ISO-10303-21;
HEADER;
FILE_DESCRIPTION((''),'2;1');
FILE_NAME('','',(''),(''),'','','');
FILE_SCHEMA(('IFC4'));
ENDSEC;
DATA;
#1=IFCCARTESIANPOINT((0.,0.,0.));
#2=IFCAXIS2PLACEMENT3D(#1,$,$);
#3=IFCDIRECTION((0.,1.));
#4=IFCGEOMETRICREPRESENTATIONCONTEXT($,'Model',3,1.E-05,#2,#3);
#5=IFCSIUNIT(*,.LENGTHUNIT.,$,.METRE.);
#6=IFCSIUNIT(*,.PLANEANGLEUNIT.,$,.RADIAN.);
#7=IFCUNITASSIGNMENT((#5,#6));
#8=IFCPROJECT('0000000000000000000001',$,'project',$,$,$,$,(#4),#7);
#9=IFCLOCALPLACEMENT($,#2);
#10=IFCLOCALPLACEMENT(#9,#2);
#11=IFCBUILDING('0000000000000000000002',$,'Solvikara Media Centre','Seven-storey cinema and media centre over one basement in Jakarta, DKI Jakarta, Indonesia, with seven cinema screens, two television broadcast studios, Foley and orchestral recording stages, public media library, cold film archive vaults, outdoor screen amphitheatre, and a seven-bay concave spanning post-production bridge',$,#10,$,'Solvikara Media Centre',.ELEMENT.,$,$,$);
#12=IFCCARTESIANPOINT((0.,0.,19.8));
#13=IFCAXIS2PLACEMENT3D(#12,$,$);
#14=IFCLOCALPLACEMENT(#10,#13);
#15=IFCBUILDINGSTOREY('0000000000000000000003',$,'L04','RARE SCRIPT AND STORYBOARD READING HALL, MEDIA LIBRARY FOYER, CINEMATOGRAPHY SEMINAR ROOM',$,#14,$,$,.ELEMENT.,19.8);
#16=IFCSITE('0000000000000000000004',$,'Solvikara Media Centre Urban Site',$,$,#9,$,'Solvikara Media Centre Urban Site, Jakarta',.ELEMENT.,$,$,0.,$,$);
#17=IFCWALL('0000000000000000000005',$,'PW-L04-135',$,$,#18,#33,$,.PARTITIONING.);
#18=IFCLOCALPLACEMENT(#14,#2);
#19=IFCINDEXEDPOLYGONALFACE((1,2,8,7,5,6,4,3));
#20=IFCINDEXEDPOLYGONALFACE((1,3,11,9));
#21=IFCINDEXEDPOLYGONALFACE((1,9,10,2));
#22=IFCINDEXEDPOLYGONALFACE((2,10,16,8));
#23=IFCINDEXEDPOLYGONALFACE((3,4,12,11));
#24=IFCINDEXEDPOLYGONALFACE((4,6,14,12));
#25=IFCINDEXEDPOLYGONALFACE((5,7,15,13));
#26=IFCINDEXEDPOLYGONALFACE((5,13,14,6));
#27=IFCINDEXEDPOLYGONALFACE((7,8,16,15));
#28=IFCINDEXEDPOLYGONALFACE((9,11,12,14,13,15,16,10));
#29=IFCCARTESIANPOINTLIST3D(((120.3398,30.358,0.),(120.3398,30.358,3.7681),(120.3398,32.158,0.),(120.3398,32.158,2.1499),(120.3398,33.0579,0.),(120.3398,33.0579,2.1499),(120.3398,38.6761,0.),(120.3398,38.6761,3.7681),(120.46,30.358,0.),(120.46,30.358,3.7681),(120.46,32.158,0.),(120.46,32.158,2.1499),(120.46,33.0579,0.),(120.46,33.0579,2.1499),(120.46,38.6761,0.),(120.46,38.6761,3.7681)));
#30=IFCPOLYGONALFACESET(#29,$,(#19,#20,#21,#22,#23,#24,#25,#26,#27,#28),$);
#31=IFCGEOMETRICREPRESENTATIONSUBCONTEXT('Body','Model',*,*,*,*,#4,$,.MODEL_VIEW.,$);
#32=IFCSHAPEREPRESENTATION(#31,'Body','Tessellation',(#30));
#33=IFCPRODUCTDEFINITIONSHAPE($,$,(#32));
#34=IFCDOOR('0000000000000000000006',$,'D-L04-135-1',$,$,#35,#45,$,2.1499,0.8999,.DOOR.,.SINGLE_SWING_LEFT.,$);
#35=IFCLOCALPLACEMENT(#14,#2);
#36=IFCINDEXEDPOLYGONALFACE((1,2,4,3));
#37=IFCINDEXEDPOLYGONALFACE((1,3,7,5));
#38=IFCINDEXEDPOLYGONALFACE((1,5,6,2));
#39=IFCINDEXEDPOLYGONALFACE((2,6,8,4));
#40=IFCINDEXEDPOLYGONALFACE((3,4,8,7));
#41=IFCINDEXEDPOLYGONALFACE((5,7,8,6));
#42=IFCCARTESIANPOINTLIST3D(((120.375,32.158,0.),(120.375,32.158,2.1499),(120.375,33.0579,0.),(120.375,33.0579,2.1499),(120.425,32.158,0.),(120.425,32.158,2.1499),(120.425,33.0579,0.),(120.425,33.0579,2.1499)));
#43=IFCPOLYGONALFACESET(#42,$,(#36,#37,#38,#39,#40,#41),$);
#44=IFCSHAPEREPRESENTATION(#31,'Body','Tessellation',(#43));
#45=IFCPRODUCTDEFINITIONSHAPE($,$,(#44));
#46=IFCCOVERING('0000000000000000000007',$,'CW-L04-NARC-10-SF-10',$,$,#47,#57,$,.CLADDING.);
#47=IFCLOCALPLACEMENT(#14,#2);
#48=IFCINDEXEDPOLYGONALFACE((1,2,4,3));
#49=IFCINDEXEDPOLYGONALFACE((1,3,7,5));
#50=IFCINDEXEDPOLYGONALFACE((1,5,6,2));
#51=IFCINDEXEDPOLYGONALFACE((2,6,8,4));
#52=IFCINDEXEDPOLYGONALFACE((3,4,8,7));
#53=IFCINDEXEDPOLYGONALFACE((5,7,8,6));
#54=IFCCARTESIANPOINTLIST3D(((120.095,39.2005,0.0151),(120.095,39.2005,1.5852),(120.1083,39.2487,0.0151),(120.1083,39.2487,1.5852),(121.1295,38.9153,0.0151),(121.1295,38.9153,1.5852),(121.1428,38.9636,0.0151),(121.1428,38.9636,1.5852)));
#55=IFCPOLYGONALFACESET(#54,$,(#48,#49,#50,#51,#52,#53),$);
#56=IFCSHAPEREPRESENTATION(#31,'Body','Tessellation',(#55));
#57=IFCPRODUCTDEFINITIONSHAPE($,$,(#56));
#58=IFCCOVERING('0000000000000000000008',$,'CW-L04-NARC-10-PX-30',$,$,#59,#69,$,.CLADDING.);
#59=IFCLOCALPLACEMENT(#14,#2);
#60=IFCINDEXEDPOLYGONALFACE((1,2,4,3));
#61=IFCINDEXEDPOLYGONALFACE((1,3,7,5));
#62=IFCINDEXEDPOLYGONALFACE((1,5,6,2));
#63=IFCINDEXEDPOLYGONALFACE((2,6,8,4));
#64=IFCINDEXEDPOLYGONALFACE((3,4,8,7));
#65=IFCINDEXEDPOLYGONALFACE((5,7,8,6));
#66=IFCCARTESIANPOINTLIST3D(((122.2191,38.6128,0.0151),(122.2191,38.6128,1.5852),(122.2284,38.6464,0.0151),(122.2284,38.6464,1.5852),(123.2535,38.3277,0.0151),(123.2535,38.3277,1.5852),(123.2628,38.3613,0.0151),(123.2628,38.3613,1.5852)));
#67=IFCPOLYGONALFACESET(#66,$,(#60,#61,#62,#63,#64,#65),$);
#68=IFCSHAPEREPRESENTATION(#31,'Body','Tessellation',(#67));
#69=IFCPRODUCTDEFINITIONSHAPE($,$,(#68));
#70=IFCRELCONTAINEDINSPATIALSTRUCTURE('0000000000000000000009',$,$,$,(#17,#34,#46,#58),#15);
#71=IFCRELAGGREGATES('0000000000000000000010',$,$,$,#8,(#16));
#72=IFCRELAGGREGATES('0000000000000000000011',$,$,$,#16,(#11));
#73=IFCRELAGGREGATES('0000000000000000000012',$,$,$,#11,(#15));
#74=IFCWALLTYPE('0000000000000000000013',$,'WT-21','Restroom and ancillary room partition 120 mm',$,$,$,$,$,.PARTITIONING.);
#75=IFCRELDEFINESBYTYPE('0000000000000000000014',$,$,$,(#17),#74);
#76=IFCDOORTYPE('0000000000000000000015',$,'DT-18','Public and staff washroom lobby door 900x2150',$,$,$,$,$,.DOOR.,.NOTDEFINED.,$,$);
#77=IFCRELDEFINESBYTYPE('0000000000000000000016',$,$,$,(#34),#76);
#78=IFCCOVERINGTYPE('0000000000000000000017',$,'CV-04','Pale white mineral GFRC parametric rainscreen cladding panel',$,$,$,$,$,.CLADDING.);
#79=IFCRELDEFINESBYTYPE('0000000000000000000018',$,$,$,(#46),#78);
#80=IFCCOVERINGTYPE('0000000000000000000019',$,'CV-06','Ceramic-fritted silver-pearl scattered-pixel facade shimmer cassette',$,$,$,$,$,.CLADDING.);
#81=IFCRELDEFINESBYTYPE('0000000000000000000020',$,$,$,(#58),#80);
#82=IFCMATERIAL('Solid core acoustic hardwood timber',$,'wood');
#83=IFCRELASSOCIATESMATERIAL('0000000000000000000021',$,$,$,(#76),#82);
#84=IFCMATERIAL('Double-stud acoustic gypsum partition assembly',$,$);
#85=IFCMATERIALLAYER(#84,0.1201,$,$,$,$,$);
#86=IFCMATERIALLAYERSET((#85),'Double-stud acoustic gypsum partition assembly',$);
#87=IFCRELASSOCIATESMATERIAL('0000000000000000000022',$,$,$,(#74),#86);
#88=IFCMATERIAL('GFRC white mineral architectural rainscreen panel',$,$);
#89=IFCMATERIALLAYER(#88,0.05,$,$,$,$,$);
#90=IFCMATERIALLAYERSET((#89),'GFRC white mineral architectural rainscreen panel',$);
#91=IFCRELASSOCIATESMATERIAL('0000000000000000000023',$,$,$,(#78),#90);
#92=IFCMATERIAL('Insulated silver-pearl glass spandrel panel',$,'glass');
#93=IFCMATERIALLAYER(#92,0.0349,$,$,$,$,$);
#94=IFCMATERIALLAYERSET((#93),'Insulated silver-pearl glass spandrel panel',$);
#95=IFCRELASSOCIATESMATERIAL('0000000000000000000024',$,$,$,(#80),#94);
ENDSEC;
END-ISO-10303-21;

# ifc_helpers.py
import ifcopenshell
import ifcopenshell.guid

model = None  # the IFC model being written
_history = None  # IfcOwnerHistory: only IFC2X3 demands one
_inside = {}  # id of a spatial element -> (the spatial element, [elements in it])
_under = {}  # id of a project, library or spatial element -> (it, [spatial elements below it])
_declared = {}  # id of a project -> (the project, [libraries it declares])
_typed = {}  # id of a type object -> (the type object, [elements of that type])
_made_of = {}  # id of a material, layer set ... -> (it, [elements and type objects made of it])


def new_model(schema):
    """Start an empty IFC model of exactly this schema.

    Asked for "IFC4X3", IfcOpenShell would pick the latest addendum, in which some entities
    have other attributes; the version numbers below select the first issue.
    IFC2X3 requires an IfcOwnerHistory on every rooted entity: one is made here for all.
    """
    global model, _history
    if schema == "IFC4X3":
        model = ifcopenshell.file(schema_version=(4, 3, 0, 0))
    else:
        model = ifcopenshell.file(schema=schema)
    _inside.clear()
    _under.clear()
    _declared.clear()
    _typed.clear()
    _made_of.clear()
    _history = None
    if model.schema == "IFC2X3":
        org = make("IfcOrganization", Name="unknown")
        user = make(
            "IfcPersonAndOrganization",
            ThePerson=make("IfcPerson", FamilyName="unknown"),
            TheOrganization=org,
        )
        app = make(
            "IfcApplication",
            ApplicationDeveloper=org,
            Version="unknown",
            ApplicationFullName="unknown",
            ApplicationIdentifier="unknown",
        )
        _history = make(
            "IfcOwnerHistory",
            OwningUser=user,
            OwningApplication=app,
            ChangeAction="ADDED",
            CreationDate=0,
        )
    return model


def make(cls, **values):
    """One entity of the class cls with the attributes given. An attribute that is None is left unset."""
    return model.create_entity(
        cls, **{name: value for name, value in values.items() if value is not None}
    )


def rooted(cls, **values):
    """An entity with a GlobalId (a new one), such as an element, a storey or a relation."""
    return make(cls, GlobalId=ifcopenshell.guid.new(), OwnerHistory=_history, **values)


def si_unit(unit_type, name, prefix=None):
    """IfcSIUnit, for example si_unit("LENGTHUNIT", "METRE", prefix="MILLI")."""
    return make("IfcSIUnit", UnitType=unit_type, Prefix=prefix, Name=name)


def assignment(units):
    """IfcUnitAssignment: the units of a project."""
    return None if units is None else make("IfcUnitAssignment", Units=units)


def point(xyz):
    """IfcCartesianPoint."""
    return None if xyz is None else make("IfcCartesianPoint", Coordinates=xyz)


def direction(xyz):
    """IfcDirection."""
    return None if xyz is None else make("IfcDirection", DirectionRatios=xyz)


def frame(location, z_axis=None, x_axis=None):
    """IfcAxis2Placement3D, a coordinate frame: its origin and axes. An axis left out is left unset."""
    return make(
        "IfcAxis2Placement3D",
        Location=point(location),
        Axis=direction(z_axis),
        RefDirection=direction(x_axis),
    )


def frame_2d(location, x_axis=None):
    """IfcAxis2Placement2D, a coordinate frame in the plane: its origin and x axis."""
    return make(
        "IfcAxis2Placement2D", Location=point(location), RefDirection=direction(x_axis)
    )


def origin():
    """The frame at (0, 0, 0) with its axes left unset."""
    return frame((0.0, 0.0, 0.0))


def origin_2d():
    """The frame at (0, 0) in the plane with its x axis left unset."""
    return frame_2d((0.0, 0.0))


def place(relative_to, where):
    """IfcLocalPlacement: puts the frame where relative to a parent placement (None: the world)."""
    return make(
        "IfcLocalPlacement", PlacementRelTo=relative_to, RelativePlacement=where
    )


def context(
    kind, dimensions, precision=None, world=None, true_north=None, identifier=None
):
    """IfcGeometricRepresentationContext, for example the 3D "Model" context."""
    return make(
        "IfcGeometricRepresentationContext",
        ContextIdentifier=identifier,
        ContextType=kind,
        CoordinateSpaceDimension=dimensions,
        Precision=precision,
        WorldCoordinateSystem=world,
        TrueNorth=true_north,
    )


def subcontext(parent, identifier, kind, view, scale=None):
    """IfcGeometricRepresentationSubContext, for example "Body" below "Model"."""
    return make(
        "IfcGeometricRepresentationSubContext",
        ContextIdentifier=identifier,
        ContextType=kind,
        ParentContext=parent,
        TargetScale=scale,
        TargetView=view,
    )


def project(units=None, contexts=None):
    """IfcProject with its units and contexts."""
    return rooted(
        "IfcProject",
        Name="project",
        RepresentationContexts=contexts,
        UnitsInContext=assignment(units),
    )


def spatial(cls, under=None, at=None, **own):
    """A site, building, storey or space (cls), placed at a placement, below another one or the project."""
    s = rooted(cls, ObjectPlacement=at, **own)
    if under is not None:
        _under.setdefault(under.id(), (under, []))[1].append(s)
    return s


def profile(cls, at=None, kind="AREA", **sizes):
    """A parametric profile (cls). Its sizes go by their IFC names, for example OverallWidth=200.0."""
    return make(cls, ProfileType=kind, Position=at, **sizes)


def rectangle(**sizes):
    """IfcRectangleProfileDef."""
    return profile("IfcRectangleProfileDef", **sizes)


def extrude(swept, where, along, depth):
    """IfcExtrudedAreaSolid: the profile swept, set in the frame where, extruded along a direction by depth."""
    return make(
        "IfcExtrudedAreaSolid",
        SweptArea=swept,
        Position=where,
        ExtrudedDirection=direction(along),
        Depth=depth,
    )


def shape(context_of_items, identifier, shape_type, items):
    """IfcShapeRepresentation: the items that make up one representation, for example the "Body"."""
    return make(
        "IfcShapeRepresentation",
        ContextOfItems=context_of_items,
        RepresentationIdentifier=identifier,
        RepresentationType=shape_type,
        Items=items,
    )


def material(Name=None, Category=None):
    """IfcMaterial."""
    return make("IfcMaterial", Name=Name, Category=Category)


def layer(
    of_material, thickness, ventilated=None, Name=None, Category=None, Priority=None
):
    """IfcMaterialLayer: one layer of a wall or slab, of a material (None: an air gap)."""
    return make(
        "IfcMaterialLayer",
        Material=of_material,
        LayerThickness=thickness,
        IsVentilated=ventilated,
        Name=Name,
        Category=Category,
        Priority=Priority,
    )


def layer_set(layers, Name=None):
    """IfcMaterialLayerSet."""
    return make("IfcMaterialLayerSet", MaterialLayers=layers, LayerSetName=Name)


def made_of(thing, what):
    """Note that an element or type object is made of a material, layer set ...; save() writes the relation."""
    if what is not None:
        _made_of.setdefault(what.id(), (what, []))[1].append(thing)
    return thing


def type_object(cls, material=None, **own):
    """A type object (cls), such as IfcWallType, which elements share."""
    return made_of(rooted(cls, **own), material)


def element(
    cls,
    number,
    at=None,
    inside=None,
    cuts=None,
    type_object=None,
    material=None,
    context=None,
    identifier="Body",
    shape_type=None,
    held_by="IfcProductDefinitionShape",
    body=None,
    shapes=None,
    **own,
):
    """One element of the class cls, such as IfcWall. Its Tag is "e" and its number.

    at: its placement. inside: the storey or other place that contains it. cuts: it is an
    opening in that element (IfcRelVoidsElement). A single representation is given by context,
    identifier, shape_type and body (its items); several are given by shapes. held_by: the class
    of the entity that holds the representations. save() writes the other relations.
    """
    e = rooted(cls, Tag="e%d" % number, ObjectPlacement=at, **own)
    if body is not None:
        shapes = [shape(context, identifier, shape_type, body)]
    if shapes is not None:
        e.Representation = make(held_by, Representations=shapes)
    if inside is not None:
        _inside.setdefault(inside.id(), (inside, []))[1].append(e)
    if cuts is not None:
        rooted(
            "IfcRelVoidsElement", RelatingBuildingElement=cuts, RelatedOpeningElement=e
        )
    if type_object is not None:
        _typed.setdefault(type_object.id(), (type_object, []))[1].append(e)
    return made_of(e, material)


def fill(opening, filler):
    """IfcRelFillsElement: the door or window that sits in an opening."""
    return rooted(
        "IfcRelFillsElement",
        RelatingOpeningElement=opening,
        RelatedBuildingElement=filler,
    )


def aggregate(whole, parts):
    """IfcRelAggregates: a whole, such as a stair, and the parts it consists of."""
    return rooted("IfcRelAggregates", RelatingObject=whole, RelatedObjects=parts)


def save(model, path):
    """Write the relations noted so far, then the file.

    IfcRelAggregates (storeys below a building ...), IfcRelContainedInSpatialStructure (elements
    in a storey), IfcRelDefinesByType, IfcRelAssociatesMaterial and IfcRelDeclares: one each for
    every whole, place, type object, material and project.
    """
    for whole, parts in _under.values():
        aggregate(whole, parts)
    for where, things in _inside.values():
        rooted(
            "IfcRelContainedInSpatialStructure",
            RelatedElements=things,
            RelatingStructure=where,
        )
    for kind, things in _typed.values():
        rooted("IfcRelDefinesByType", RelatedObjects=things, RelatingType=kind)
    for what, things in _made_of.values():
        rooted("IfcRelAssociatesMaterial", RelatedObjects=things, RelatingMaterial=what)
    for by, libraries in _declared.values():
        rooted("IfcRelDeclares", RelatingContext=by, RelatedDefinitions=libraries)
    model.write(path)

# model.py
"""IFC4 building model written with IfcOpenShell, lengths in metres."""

from ifc_helpers import new_model, si_unit, direction, frame, frame_2d, origin, origin_2d, place, context, subcontext, project, spatial, rectangle, extrude, material, layer, layer_set, type_object, element, fill, save


model = new_model("IFC4")

# Units and contexts
model_context = context("Model", 3, precision=1e-05, world=origin(), true_north=direction((0.0, 1.0)))
body_context = subcontext(model_context, "Body", "Model", "MODEL_VIEW")
ifc_project = project(units=[si_unit("LENGTHUNIT", "METRE"), si_unit("PLANEANGLEUNIT", "RADIAN")], contexts=[model_context])

# Site, building, storey
site_placement = place(None, origin())
site = spatial("IfcSite", under=ifc_project, at=site_placement, Name="Solvikara Media Centre Urban Site", LongName="Solvikara Media Centre Urban Site, Jakarta", CompositionType="ELEMENT", RefElevation=0.0)
building_placement = place(site_placement, origin())
building = spatial("IfcBuilding", under=site, at=building_placement, Name="Solvikara Media Centre", Description="Seven-storey cinema and media centre over one basement in Jakarta, DKI Jakarta, Indonesia, with seven cinema screens, two television broadcast studios, Foley and orchestral recording stages, public media library, cold film archive vaults, outdoor screen amphitheatre, and a seven-bay concave spanning post-production bridge", LongName="Solvikara Media Centre", CompositionType="ELEMENT")
storey_placement = place(building_placement, frame((0.0, 0.0, 19.8)))
storey = spatial("IfcBuildingStorey", under=building, at=storey_placement, Name="L04", Description="RARE SCRIPT AND STORYBOARD READING HALL, MEDIA LIBRARY FOYER, CINEMATOGRAPHY SEMINAR ROOM", CompositionType="ELEMENT", Elevation=19.8)

# Shared definitions
ifc_material_1 = material(Name="Insulated silver-pearl glass spandrel panel", Category="glass")

# Shared definitions
ifc_material_2 = material(Name="Solid core acoustic hardwood timber", Category="wood")
door_type = type_object("IfcDoorType", Name="DT-18", Description="Public and staff washroom lobby door 900x2150", OperationType="NOTDEFINED", PredefinedType="DOOR", material=ifc_material_2)

# Shared definitions
ifc_material_3 = material(Name="Double-stud acoustic gypsum partition assembly")

# Wall, opening, door
ifc_layer_1 = layer(ifc_material_3, 0.1201)
ifc_layer_set_1 = layer_set([ifc_layer_1], Name="Double-stud acoustic gypsum partition assembly")
wall_type_1 = type_object("IfcWallType", Name="WT-21", Description="Restroom and ancillary room partition 120 mm", PredefinedType="PARTITIONING", material=ifc_layer_set_1)
wall_1_placement = place(storey_placement, frame((120.3999, 30.3579, 0.0), z_axis=(0.0, 0.0, 1.0), x_axis=(0.0, 1.0, 0.0)))
wall_1 = element("IfcWall", 1, at=wall_1_placement, inside=storey, type_object=wall_type_1, Name="PW-L04-135", PredefinedType="PARTITIONING", context=body_context, shape_type="SweptSolid", body=[
    extrude(rectangle(XDim=8.3181, YDim=0.1201, at=frame_2d((4.1592, 0.0))), origin(), (0.0, 0.0, 1.0), 3.7681),
])
opening_1_placement = place(wall_1_placement, frame((1.8, 0.0, 0.0)))
opening_1 = element("IfcOpeningElement", 2, at=opening_1_placement, cuts=wall_1, PredefinedType="OPENING", context=body_context, shape_type="SweptSolid", body=[
    extrude(rectangle(XDim=0.8999, YDim=2.1499, at=frame_2d((0.45, 1.075))), frame((0.0, 0.072, 0.0), z_axis=(0.0, -1.0, 0.0), x_axis=(1.0, 0.0, 0.0)), (0.0, 0.0, 1.0), 0.144),
])
door_1_placement = place(opening_1_placement, origin())
door_1 = element("IfcDoor", 3, at=door_1_placement, inside=storey, type_object=door_type, Name="D-L04-135-1", OperationType="SINGLE_SWING_LEFT", OverallHeight=2.1499, OverallWidth=0.8999, PredefinedType="DOOR", context=body_context, shape_type="SweptSolid", body=[
    extrude(rectangle(XDim=0.8999, YDim=2.1499, at=frame_2d((0.45, 1.075))), frame((0.0, 0.0249, 0.0), z_axis=(0.0, -1.0, 0.0), x_axis=(1.0, 0.0, 0.0)), (0.0, 0.0, 1.0), 0.05),
])
fill(opening_1, door_1)

# Coverings
ifc_material_4 = material(Name="GFRC white mineral architectural rainscreen panel")
ifc_layer_2 = layer(ifc_material_4, 0.05)
ifc_layer_set_2 = layer_set([ifc_layer_2], Name="GFRC white mineral architectural rainscreen panel")
covering_type_1 = type_object("IfcCoveringType", Name="CV-04", Description="Pale white mineral GFRC parametric rainscreen cladding panel", PredefinedType="CLADDING", material=ifc_layer_set_2)
covering_1_placement = place(storey_placement, frame((120.6189, 39.082, 0.0151), z_axis=(0.0, 0.0, 1.0), x_axis=(0.964049, -0.265724, 0.0)))
element("IfcCovering", 4, at=covering_1_placement, inside=storey, type_object=covering_type_1, Name="CW-L04-NARC-10-SF-10", PredefinedType="CLADDING", context=body_context, shape_type="SweptSolid", body=[
    extrude(rectangle(XDim=1.073, YDim=0.05, at=origin_2d()), origin(), (0.0, 0.0, 1.0), 1.5701),
])
ifc_layer_3 = layer(ifc_material_1, 0.0349)
ifc_layer_set_3 = layer_set([ifc_layer_3], Name="Insulated silver-pearl glass spandrel panel")
covering_type_2 = type_object("IfcCoveringType", Name="CV-06", Description="Ceramic-fritted silver-pearl scattered-pixel facade shimmer cassette", PredefinedType="CLADDING", material=ifc_layer_set_3)
covering_2_placement = place(storey_placement, frame((122.741, 38.4871, 0.0151), z_axis=(0.0, 0.0, 1.0), x_axis=(0.964049, -0.265724, 0.0)))
element("IfcCovering", 5, at=covering_2_placement, inside=storey, type_object=covering_type_2, Name="CW-L04-NARC-10-PX-30", PredefinedType="CLADDING", context=body_context, shape_type="SweptSolid", body=[
    extrude(rectangle(XDim=1.073, YDim=0.0349, at=origin_2d()), origin(), (0.0, 0.0, 1.0), 1.5701),
])

save(model, "model.ifc")
